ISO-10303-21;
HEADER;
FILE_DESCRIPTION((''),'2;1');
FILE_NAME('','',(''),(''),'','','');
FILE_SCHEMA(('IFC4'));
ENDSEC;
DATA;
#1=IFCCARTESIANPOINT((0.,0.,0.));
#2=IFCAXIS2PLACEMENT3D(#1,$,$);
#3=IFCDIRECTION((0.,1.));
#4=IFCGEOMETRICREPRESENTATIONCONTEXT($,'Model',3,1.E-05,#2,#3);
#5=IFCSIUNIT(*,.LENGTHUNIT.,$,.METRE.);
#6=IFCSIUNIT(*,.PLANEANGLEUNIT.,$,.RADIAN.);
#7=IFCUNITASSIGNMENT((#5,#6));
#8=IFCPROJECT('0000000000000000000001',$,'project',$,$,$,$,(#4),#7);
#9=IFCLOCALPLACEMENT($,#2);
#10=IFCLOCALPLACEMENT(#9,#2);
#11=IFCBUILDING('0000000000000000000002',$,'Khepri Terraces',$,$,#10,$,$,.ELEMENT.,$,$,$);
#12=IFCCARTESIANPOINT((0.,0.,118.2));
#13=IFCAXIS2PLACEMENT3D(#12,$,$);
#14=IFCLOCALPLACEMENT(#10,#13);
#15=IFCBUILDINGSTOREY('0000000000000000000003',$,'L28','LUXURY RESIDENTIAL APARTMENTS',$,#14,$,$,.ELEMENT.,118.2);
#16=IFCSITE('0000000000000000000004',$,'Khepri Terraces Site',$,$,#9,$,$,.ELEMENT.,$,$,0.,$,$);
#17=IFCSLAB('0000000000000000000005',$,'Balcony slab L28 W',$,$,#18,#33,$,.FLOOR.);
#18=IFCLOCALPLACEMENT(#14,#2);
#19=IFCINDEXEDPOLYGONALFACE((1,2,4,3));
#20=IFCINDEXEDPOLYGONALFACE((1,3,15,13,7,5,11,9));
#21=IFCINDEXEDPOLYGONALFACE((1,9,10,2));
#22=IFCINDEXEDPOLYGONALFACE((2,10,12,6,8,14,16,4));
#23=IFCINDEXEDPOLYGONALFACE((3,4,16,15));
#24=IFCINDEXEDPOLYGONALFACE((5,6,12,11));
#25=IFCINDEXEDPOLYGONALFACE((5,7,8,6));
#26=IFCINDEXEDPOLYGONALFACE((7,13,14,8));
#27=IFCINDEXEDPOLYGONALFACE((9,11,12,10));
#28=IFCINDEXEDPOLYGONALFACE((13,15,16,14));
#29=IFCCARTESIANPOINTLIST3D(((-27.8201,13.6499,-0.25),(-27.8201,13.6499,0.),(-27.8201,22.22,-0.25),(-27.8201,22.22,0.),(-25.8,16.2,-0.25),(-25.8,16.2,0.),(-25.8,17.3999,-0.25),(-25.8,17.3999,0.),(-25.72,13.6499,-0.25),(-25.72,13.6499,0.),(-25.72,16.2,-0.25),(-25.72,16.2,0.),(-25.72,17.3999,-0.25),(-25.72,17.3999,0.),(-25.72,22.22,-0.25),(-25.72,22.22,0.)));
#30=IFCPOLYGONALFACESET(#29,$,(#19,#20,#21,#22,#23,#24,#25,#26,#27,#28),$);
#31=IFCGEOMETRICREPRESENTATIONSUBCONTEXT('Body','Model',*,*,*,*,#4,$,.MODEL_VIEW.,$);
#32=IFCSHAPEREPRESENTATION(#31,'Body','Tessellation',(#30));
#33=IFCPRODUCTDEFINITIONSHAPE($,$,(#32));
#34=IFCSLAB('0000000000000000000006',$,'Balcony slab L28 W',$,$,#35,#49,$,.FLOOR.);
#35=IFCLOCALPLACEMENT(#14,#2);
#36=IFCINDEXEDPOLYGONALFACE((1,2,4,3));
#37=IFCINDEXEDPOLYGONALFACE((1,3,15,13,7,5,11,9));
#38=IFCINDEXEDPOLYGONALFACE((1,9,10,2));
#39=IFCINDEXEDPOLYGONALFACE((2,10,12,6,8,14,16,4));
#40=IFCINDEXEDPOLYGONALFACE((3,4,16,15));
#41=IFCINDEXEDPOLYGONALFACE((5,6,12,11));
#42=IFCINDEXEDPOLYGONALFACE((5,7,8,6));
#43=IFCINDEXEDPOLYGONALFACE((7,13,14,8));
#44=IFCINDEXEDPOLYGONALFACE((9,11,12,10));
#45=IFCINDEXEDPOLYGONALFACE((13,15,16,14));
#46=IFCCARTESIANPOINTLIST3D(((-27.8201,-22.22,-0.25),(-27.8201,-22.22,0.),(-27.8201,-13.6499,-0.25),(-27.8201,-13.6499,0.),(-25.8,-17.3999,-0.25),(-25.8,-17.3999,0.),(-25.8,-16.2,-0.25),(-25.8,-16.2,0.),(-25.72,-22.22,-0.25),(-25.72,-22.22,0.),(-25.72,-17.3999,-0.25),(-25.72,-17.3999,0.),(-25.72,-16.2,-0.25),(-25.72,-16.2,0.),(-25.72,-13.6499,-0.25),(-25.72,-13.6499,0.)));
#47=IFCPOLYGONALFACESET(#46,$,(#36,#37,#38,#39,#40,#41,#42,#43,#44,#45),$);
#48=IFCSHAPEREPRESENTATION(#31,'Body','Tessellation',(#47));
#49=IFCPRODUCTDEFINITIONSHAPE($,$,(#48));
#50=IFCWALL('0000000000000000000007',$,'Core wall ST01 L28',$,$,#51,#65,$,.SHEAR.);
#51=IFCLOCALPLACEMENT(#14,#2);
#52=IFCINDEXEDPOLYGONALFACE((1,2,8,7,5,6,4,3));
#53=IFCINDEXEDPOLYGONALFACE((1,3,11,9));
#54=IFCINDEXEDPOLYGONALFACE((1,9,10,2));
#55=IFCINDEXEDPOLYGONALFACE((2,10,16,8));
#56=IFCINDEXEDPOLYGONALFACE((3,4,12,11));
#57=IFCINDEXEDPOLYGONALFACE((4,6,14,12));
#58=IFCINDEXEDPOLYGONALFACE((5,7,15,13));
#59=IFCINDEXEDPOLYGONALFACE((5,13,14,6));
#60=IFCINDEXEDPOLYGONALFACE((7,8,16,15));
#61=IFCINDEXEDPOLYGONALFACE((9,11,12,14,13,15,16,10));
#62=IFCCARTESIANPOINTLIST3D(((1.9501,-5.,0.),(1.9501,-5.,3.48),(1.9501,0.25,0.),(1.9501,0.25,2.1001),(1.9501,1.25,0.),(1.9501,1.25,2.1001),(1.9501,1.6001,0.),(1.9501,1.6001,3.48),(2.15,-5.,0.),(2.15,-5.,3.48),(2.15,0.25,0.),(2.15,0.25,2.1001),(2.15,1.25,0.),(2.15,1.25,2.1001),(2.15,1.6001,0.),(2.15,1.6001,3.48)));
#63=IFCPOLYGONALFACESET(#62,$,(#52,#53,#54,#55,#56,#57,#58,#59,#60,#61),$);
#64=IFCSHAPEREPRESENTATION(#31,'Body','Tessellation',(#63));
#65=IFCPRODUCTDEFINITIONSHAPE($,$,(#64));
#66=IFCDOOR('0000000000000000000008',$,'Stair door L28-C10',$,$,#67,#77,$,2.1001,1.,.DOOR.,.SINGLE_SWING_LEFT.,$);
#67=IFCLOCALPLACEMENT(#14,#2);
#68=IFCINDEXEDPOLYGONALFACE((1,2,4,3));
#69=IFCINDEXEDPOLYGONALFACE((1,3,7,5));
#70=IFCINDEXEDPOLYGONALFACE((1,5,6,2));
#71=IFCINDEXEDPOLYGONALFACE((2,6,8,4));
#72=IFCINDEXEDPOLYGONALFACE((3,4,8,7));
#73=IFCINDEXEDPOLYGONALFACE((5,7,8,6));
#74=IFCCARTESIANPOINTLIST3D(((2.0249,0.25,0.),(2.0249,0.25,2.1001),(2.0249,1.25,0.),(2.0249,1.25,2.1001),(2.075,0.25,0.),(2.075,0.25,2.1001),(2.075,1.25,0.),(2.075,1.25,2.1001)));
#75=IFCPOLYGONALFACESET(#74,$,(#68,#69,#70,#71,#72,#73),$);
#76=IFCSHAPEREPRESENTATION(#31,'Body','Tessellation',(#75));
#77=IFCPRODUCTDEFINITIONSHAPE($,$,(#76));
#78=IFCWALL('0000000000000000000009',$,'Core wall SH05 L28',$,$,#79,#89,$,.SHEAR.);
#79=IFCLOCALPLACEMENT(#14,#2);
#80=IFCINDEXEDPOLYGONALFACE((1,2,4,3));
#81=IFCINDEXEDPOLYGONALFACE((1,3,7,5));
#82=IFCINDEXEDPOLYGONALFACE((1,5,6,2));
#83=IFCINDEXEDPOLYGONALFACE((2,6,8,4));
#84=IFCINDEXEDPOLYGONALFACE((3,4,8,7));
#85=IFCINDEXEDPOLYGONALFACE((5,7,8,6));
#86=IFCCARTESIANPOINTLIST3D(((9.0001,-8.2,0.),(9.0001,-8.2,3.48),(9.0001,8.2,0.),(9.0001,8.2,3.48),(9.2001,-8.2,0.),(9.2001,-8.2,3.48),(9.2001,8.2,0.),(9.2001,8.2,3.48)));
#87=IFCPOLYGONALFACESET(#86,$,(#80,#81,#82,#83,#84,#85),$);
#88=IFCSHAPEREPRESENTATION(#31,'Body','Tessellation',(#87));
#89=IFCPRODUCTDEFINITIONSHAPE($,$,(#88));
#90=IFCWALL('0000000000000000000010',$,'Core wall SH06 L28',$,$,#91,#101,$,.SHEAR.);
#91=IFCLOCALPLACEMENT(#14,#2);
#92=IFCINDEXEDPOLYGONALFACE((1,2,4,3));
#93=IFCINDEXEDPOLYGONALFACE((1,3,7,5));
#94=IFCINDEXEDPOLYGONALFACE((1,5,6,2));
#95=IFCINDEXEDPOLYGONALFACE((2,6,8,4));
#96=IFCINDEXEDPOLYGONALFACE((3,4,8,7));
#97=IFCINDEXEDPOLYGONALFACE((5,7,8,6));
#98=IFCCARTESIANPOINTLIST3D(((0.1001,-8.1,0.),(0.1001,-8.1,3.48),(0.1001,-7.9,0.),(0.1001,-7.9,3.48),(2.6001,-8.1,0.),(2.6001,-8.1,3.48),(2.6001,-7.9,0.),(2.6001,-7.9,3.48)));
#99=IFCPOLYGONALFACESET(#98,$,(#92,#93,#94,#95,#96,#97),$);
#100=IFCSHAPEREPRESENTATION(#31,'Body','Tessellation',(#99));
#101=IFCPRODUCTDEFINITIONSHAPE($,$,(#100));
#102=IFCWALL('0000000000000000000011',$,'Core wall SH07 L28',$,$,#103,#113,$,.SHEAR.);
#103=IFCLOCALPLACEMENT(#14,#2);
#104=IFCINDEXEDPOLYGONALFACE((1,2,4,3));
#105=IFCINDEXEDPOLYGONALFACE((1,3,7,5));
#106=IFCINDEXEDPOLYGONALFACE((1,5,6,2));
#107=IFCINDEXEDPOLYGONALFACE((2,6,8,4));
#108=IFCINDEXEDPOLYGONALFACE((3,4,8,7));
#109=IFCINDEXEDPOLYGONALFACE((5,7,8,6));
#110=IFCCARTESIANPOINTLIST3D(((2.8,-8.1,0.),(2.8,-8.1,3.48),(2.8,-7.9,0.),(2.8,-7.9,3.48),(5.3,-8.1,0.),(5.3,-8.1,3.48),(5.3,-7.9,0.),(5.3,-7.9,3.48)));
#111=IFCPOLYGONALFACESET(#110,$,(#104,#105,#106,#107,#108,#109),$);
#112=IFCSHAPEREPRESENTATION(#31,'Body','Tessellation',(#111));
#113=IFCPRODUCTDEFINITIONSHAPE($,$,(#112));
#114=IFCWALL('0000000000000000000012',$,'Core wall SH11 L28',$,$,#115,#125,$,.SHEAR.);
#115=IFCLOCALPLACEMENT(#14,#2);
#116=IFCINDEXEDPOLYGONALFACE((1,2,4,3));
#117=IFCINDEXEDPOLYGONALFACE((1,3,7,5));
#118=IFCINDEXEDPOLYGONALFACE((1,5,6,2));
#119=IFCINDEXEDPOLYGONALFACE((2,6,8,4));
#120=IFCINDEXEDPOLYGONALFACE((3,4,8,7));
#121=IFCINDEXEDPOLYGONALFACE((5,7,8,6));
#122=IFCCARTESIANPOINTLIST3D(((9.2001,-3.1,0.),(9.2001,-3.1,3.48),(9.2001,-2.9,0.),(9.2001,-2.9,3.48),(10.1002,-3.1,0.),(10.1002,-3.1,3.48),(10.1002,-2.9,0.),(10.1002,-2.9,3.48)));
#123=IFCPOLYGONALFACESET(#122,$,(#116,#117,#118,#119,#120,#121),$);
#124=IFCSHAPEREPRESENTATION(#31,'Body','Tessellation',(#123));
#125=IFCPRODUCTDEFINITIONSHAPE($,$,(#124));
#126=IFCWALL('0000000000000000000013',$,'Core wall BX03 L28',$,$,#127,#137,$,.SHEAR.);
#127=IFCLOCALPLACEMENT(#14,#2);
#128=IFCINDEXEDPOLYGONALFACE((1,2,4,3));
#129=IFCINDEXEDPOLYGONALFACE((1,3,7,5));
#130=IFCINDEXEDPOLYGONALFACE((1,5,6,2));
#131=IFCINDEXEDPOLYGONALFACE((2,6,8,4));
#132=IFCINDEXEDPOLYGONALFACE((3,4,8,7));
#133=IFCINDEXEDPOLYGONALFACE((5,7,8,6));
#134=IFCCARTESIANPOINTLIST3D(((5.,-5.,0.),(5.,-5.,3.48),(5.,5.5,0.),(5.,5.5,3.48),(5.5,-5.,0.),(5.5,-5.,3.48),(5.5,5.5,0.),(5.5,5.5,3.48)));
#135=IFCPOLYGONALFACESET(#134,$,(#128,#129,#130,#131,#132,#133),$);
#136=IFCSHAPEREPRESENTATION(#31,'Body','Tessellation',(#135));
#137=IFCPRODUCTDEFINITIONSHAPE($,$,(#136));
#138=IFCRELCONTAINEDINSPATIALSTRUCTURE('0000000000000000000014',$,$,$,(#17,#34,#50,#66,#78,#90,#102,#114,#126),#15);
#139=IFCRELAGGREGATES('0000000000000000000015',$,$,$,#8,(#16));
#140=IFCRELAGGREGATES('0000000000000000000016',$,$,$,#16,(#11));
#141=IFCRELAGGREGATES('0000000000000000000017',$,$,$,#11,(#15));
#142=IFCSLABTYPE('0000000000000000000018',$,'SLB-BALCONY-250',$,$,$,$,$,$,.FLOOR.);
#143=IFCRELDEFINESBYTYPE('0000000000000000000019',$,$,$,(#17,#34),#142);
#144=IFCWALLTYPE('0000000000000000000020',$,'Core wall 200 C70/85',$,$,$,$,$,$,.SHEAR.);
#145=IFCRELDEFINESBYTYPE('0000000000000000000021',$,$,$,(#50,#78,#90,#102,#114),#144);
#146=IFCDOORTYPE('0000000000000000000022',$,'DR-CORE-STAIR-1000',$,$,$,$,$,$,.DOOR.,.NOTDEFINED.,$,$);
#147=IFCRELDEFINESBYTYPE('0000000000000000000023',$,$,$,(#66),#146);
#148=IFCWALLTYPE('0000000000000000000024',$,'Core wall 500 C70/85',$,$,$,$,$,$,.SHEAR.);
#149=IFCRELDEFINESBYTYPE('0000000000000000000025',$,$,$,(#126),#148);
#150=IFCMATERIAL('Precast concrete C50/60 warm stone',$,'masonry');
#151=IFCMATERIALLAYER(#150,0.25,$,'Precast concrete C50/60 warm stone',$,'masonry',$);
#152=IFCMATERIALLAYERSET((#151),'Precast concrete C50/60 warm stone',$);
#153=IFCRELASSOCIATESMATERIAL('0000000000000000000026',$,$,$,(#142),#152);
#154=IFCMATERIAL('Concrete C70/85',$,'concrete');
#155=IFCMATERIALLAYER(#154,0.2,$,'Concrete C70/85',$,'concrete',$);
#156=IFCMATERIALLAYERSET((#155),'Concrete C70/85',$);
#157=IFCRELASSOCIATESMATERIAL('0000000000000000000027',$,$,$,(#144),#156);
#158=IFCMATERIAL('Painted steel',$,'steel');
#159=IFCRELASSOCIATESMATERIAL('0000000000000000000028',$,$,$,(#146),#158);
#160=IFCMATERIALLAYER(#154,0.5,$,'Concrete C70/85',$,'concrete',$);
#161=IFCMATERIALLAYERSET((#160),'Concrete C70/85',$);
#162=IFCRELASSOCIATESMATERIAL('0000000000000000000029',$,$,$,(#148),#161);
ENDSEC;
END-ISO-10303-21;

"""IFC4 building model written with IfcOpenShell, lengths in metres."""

from ifc_helpers import new_model, si_unit, direction, frame, frame_2d, origin, place, context, subcontext, project, spatial, polyline, rectangle, outline, extrude, material, layer, layer_set, type_object, element, fill, save


model = new_model("IFC4")

# Units and contexts
model_context = context("Model", 3, precision=1e-05, world=origin(), true_north=direction((0.0, 1.0)))
body_context = subcontext(model_context, "Body", "Model", "MODEL_VIEW")
ifc_project = project(units=[si_unit("LENGTHUNIT", "METRE"), si_unit("PLANEANGLEUNIT", "RADIAN")], contexts=[model_context])

# Site, building, storey
site_placement = place(None, origin())
site = spatial("IfcSite", under=ifc_project, at=site_placement, Name="Khepri Terraces Site", CompositionType="ELEMENT", RefElevation=0.0)
building_placement = place(site_placement, origin())
building = spatial("IfcBuilding", under=site, at=building_placement, Name="Khepri Terraces", CompositionType="ELEMENT")
storey_placement = place(building_placement, frame((0.0, 0.0, 118.2)))
storey = spatial("IfcBuildingStorey", under=building, at=storey_placement, Name="L28", Description="LUXURY RESIDENTIAL APARTMENTS", CompositionType="ELEMENT", Elevation=118.2)

# Slabs
ifc_material_1 = material(Name="Precast concrete C50/60 warm stone", Category="masonry")
ifc_layer_1 = layer(ifc_material_1, 0.25, Name="Precast concrete C50/60 warm stone", Category="masonry")
ifc_layer_set_1 = layer_set([ifc_layer_1], Name="Precast concrete C50/60 warm stone")
slab_type = type_object("IfcSlabType", Name="SLB-BALCONY-250", PredefinedType="FLOOR", material=ifc_layer_set_1)
slab_1_placement = place(storey_placement, frame((0.0, 0.0, -0.25)))
element("IfcSlab", 1, at=slab_1_placement, inside=storey, type_object=slab_type, Name="Balcony slab L28 W", PredefinedType="FLOOR", context=body_context, shape_type="SweptSolid", body=[
    extrude(outline(polyline([(-25.72, 17.3999), (-25.72, 22.22), (-27.8201, 22.22), (-27.8201, 13.6499), (-25.72, 13.6499), (-25.72, 16.2), (-25.8, 16.2), (-25.8, 17.3999), (-25.72, 17.3999)])), origin(), (0.0, 0.0, 1.0), 0.25),
])
slab_2_placement = place(storey_placement, frame((0.0, 0.0, -0.25)))
element("IfcSlab", 2, at=slab_2_placement, inside=storey, type_object=slab_type, Name="Balcony slab L28 W", PredefinedType="FLOOR", context=body_context, shape_type="SweptSolid", body=[
    extrude(outline(polyline([(-25.72, -16.2), (-25.72, -13.6499), (-27.8201, -13.6499), (-27.8201, -22.22), (-25.72, -22.22), (-25.72, -17.3999), (-25.8, -17.3999), (-25.8, -16.2), (-25.72, -16.2)])), origin(), (0.0, 0.0, 1.0), 0.25),
])

# Wall, opening, door
ifc_material_2 = material(Name="Concrete C70/85", Category="concrete")
ifc_layer_2 = layer(ifc_material_2, 0.2, Name="Concrete C70/85", Category="concrete")
ifc_layer_set_2 = layer_set([ifc_layer_2], Name="Concrete C70/85")
wall_type_1 = type_object("IfcWallType", Name="Core wall 200 C70/85", PredefinedType="SHEAR", material=ifc_layer_set_2)
wall_1_placement = place(storey_placement, frame((2.05, -5.0, 0.0), z_axis=(0.0, 0.0, 1.0), x_axis=(0.0, 1.0, 0.0)))
wall_1 = element("IfcWall", 3, at=wall_1_placement, inside=storey, type_object=wall_type_1, Name="Core wall ST01 L28", PredefinedType="SHEAR", context=body_context, shape_type="SweptSolid", body=[
    extrude(rectangle(XDim=6.6001, YDim=0.2, at=frame_2d((3.3, 0.0))), origin(), (0.0, 0.0, 1.0), 3.48),
])
opening_1_placement = place(wall_1_placement, frame((5.25, 0.0, 0.0)))
opening_1 = element("IfcOpeningElement", 4, at=opening_1_placement, cuts=wall_1, PredefinedType="OPENING", context=body_context, shape_type="SweptSolid", body=[
    extrude(rectangle(XDim=1.0, YDim=2.1001, at=frame_2d((0.5, 1.05))), frame((0.0, 0.1099, 0.0), z_axis=(0.0, -1.0, 0.0), x_axis=(1.0, 0.0, 0.0)), (0.0, 0.0, 1.0), 0.22),
])
ifc_material_3 = material(Name="Painted steel", Category="steel")
door_type_1 = type_object("IfcDoorType", Name="DR-CORE-STAIR-1000", OperationType="NOTDEFINED", PredefinedType="DOOR", material=ifc_material_3)
door_1_placement = place(opening_1_placement, frame((1.0, 0.0, 0.0), z_axis=(0.0, 0.0, 1.0), x_axis=(-1.0, 0.0, 0.0)))
door_1 = element("IfcDoor", 5, at=door_1_placement, inside=storey, type_object=door_type_1, Name="Stair door L28-C10", OperationType="SINGLE_SWING_LEFT", OverallHeight=2.1001, OverallWidth=1.0, PredefinedType="DOOR", context=body_context, shape_type="SweptSolid", body=[
    extrude(rectangle(XDim=1.0, YDim=2.1001, at=frame_2d((0.5, 1.05))), frame((0.0, 0.0249, 0.0), z_axis=(0.0, -1.0, 0.0), x_axis=(1.0, 0.0, 0.0)), (0.0, 0.0, 1.0), 0.05),
])
fill(opening_1, door_1)

# Walls
wall_2_placement = place(storey_placement, frame((9.1001, -8.2, 0.0), z_axis=(0.0, 0.0, 1.0), x_axis=(0.0, 1.0, 0.0)))
element("IfcWall", 6, at=wall_2_placement, inside=storey, type_object=wall_type_1, Name="Core wall SH05 L28", PredefinedType="SHEAR", context=body_context, shape_type="SweptSolid", body=[
    extrude(rectangle(XDim=16.3999, YDim=0.2, at=frame_2d((8.2, 0.0))), origin(), (0.0, 0.0, 1.0), 3.48),
])
for number, where, z_axis, x_axis, name in (
    (7, (0.1001, -8.0, 0.0), (0.0, 0.0, 1.0), (1.0, 0.0, 0.0), "Core wall SH06 L28"),
    (8, (2.8, -8.0, 0.0), (0.0, 0.0, 1.0), (1.0, 0.0, 0.0), "Core wall SH07 L28"),
):
    element("IfcWall", number, at=place(storey_placement, frame(where, z_axis=z_axis, x_axis=x_axis)), inside=storey, type_object=wall_type_1, Name=name, PredefinedType="SHEAR", context=body_context, shape_type="SweptSolid", body=[
        extrude(rectangle(XDim=2.5, YDim=0.2, at=frame_2d((1.25, 0.0))), origin(), (0.0, 0.0, 1.0), 3.48),
    ])
wall_3_placement = place(storey_placement, frame((9.2, -3.0, 0.0), z_axis=(0.0, 0.0, 1.0), x_axis=(1.0, 0.0, 0.0)))
element("IfcWall", 9, at=wall_3_placement, inside=storey, type_object=wall_type_1, Name="Core wall SH11 L28", PredefinedType="SHEAR", context=body_context, shape_type="SweptSolid", body=[
    extrude(rectangle(XDim=0.9001, YDim=0.2, at=frame_2d((0.4502, 0.0))), origin(), (0.0, 0.0, 1.0), 3.48),
])
ifc_layer_3 = layer(ifc_material_2, 0.5, Name="Concrete C70/85", Category="concrete")
ifc_layer_set_3 = layer_set([ifc_layer_3], Name="Concrete C70/85")
wall_type_2 = type_object("IfcWallType", Name="Core wall 500 C70/85", PredefinedType="SHEAR", material=ifc_layer_set_3)
wall_4_placement = place(storey_placement, frame((5.25, -5.0, 0.0), z_axis=(0.0, 0.0, 1.0), x_axis=(0.0, 1.0, 0.0)))
element("IfcWall", 10, at=wall_4_placement, inside=storey, type_object=wall_type_2, Name="Core wall BX03 L28", PredefinedType="SHEAR", context=body_context, shape_type="SweptSolid", body=[
    extrude(rectangle(XDim=10.5, YDim=0.5, at=frame_2d((5.25, 0.0))), origin(), (0.0, 0.0, 1.0), 3.48),
])

save(model, "model.ifc")
